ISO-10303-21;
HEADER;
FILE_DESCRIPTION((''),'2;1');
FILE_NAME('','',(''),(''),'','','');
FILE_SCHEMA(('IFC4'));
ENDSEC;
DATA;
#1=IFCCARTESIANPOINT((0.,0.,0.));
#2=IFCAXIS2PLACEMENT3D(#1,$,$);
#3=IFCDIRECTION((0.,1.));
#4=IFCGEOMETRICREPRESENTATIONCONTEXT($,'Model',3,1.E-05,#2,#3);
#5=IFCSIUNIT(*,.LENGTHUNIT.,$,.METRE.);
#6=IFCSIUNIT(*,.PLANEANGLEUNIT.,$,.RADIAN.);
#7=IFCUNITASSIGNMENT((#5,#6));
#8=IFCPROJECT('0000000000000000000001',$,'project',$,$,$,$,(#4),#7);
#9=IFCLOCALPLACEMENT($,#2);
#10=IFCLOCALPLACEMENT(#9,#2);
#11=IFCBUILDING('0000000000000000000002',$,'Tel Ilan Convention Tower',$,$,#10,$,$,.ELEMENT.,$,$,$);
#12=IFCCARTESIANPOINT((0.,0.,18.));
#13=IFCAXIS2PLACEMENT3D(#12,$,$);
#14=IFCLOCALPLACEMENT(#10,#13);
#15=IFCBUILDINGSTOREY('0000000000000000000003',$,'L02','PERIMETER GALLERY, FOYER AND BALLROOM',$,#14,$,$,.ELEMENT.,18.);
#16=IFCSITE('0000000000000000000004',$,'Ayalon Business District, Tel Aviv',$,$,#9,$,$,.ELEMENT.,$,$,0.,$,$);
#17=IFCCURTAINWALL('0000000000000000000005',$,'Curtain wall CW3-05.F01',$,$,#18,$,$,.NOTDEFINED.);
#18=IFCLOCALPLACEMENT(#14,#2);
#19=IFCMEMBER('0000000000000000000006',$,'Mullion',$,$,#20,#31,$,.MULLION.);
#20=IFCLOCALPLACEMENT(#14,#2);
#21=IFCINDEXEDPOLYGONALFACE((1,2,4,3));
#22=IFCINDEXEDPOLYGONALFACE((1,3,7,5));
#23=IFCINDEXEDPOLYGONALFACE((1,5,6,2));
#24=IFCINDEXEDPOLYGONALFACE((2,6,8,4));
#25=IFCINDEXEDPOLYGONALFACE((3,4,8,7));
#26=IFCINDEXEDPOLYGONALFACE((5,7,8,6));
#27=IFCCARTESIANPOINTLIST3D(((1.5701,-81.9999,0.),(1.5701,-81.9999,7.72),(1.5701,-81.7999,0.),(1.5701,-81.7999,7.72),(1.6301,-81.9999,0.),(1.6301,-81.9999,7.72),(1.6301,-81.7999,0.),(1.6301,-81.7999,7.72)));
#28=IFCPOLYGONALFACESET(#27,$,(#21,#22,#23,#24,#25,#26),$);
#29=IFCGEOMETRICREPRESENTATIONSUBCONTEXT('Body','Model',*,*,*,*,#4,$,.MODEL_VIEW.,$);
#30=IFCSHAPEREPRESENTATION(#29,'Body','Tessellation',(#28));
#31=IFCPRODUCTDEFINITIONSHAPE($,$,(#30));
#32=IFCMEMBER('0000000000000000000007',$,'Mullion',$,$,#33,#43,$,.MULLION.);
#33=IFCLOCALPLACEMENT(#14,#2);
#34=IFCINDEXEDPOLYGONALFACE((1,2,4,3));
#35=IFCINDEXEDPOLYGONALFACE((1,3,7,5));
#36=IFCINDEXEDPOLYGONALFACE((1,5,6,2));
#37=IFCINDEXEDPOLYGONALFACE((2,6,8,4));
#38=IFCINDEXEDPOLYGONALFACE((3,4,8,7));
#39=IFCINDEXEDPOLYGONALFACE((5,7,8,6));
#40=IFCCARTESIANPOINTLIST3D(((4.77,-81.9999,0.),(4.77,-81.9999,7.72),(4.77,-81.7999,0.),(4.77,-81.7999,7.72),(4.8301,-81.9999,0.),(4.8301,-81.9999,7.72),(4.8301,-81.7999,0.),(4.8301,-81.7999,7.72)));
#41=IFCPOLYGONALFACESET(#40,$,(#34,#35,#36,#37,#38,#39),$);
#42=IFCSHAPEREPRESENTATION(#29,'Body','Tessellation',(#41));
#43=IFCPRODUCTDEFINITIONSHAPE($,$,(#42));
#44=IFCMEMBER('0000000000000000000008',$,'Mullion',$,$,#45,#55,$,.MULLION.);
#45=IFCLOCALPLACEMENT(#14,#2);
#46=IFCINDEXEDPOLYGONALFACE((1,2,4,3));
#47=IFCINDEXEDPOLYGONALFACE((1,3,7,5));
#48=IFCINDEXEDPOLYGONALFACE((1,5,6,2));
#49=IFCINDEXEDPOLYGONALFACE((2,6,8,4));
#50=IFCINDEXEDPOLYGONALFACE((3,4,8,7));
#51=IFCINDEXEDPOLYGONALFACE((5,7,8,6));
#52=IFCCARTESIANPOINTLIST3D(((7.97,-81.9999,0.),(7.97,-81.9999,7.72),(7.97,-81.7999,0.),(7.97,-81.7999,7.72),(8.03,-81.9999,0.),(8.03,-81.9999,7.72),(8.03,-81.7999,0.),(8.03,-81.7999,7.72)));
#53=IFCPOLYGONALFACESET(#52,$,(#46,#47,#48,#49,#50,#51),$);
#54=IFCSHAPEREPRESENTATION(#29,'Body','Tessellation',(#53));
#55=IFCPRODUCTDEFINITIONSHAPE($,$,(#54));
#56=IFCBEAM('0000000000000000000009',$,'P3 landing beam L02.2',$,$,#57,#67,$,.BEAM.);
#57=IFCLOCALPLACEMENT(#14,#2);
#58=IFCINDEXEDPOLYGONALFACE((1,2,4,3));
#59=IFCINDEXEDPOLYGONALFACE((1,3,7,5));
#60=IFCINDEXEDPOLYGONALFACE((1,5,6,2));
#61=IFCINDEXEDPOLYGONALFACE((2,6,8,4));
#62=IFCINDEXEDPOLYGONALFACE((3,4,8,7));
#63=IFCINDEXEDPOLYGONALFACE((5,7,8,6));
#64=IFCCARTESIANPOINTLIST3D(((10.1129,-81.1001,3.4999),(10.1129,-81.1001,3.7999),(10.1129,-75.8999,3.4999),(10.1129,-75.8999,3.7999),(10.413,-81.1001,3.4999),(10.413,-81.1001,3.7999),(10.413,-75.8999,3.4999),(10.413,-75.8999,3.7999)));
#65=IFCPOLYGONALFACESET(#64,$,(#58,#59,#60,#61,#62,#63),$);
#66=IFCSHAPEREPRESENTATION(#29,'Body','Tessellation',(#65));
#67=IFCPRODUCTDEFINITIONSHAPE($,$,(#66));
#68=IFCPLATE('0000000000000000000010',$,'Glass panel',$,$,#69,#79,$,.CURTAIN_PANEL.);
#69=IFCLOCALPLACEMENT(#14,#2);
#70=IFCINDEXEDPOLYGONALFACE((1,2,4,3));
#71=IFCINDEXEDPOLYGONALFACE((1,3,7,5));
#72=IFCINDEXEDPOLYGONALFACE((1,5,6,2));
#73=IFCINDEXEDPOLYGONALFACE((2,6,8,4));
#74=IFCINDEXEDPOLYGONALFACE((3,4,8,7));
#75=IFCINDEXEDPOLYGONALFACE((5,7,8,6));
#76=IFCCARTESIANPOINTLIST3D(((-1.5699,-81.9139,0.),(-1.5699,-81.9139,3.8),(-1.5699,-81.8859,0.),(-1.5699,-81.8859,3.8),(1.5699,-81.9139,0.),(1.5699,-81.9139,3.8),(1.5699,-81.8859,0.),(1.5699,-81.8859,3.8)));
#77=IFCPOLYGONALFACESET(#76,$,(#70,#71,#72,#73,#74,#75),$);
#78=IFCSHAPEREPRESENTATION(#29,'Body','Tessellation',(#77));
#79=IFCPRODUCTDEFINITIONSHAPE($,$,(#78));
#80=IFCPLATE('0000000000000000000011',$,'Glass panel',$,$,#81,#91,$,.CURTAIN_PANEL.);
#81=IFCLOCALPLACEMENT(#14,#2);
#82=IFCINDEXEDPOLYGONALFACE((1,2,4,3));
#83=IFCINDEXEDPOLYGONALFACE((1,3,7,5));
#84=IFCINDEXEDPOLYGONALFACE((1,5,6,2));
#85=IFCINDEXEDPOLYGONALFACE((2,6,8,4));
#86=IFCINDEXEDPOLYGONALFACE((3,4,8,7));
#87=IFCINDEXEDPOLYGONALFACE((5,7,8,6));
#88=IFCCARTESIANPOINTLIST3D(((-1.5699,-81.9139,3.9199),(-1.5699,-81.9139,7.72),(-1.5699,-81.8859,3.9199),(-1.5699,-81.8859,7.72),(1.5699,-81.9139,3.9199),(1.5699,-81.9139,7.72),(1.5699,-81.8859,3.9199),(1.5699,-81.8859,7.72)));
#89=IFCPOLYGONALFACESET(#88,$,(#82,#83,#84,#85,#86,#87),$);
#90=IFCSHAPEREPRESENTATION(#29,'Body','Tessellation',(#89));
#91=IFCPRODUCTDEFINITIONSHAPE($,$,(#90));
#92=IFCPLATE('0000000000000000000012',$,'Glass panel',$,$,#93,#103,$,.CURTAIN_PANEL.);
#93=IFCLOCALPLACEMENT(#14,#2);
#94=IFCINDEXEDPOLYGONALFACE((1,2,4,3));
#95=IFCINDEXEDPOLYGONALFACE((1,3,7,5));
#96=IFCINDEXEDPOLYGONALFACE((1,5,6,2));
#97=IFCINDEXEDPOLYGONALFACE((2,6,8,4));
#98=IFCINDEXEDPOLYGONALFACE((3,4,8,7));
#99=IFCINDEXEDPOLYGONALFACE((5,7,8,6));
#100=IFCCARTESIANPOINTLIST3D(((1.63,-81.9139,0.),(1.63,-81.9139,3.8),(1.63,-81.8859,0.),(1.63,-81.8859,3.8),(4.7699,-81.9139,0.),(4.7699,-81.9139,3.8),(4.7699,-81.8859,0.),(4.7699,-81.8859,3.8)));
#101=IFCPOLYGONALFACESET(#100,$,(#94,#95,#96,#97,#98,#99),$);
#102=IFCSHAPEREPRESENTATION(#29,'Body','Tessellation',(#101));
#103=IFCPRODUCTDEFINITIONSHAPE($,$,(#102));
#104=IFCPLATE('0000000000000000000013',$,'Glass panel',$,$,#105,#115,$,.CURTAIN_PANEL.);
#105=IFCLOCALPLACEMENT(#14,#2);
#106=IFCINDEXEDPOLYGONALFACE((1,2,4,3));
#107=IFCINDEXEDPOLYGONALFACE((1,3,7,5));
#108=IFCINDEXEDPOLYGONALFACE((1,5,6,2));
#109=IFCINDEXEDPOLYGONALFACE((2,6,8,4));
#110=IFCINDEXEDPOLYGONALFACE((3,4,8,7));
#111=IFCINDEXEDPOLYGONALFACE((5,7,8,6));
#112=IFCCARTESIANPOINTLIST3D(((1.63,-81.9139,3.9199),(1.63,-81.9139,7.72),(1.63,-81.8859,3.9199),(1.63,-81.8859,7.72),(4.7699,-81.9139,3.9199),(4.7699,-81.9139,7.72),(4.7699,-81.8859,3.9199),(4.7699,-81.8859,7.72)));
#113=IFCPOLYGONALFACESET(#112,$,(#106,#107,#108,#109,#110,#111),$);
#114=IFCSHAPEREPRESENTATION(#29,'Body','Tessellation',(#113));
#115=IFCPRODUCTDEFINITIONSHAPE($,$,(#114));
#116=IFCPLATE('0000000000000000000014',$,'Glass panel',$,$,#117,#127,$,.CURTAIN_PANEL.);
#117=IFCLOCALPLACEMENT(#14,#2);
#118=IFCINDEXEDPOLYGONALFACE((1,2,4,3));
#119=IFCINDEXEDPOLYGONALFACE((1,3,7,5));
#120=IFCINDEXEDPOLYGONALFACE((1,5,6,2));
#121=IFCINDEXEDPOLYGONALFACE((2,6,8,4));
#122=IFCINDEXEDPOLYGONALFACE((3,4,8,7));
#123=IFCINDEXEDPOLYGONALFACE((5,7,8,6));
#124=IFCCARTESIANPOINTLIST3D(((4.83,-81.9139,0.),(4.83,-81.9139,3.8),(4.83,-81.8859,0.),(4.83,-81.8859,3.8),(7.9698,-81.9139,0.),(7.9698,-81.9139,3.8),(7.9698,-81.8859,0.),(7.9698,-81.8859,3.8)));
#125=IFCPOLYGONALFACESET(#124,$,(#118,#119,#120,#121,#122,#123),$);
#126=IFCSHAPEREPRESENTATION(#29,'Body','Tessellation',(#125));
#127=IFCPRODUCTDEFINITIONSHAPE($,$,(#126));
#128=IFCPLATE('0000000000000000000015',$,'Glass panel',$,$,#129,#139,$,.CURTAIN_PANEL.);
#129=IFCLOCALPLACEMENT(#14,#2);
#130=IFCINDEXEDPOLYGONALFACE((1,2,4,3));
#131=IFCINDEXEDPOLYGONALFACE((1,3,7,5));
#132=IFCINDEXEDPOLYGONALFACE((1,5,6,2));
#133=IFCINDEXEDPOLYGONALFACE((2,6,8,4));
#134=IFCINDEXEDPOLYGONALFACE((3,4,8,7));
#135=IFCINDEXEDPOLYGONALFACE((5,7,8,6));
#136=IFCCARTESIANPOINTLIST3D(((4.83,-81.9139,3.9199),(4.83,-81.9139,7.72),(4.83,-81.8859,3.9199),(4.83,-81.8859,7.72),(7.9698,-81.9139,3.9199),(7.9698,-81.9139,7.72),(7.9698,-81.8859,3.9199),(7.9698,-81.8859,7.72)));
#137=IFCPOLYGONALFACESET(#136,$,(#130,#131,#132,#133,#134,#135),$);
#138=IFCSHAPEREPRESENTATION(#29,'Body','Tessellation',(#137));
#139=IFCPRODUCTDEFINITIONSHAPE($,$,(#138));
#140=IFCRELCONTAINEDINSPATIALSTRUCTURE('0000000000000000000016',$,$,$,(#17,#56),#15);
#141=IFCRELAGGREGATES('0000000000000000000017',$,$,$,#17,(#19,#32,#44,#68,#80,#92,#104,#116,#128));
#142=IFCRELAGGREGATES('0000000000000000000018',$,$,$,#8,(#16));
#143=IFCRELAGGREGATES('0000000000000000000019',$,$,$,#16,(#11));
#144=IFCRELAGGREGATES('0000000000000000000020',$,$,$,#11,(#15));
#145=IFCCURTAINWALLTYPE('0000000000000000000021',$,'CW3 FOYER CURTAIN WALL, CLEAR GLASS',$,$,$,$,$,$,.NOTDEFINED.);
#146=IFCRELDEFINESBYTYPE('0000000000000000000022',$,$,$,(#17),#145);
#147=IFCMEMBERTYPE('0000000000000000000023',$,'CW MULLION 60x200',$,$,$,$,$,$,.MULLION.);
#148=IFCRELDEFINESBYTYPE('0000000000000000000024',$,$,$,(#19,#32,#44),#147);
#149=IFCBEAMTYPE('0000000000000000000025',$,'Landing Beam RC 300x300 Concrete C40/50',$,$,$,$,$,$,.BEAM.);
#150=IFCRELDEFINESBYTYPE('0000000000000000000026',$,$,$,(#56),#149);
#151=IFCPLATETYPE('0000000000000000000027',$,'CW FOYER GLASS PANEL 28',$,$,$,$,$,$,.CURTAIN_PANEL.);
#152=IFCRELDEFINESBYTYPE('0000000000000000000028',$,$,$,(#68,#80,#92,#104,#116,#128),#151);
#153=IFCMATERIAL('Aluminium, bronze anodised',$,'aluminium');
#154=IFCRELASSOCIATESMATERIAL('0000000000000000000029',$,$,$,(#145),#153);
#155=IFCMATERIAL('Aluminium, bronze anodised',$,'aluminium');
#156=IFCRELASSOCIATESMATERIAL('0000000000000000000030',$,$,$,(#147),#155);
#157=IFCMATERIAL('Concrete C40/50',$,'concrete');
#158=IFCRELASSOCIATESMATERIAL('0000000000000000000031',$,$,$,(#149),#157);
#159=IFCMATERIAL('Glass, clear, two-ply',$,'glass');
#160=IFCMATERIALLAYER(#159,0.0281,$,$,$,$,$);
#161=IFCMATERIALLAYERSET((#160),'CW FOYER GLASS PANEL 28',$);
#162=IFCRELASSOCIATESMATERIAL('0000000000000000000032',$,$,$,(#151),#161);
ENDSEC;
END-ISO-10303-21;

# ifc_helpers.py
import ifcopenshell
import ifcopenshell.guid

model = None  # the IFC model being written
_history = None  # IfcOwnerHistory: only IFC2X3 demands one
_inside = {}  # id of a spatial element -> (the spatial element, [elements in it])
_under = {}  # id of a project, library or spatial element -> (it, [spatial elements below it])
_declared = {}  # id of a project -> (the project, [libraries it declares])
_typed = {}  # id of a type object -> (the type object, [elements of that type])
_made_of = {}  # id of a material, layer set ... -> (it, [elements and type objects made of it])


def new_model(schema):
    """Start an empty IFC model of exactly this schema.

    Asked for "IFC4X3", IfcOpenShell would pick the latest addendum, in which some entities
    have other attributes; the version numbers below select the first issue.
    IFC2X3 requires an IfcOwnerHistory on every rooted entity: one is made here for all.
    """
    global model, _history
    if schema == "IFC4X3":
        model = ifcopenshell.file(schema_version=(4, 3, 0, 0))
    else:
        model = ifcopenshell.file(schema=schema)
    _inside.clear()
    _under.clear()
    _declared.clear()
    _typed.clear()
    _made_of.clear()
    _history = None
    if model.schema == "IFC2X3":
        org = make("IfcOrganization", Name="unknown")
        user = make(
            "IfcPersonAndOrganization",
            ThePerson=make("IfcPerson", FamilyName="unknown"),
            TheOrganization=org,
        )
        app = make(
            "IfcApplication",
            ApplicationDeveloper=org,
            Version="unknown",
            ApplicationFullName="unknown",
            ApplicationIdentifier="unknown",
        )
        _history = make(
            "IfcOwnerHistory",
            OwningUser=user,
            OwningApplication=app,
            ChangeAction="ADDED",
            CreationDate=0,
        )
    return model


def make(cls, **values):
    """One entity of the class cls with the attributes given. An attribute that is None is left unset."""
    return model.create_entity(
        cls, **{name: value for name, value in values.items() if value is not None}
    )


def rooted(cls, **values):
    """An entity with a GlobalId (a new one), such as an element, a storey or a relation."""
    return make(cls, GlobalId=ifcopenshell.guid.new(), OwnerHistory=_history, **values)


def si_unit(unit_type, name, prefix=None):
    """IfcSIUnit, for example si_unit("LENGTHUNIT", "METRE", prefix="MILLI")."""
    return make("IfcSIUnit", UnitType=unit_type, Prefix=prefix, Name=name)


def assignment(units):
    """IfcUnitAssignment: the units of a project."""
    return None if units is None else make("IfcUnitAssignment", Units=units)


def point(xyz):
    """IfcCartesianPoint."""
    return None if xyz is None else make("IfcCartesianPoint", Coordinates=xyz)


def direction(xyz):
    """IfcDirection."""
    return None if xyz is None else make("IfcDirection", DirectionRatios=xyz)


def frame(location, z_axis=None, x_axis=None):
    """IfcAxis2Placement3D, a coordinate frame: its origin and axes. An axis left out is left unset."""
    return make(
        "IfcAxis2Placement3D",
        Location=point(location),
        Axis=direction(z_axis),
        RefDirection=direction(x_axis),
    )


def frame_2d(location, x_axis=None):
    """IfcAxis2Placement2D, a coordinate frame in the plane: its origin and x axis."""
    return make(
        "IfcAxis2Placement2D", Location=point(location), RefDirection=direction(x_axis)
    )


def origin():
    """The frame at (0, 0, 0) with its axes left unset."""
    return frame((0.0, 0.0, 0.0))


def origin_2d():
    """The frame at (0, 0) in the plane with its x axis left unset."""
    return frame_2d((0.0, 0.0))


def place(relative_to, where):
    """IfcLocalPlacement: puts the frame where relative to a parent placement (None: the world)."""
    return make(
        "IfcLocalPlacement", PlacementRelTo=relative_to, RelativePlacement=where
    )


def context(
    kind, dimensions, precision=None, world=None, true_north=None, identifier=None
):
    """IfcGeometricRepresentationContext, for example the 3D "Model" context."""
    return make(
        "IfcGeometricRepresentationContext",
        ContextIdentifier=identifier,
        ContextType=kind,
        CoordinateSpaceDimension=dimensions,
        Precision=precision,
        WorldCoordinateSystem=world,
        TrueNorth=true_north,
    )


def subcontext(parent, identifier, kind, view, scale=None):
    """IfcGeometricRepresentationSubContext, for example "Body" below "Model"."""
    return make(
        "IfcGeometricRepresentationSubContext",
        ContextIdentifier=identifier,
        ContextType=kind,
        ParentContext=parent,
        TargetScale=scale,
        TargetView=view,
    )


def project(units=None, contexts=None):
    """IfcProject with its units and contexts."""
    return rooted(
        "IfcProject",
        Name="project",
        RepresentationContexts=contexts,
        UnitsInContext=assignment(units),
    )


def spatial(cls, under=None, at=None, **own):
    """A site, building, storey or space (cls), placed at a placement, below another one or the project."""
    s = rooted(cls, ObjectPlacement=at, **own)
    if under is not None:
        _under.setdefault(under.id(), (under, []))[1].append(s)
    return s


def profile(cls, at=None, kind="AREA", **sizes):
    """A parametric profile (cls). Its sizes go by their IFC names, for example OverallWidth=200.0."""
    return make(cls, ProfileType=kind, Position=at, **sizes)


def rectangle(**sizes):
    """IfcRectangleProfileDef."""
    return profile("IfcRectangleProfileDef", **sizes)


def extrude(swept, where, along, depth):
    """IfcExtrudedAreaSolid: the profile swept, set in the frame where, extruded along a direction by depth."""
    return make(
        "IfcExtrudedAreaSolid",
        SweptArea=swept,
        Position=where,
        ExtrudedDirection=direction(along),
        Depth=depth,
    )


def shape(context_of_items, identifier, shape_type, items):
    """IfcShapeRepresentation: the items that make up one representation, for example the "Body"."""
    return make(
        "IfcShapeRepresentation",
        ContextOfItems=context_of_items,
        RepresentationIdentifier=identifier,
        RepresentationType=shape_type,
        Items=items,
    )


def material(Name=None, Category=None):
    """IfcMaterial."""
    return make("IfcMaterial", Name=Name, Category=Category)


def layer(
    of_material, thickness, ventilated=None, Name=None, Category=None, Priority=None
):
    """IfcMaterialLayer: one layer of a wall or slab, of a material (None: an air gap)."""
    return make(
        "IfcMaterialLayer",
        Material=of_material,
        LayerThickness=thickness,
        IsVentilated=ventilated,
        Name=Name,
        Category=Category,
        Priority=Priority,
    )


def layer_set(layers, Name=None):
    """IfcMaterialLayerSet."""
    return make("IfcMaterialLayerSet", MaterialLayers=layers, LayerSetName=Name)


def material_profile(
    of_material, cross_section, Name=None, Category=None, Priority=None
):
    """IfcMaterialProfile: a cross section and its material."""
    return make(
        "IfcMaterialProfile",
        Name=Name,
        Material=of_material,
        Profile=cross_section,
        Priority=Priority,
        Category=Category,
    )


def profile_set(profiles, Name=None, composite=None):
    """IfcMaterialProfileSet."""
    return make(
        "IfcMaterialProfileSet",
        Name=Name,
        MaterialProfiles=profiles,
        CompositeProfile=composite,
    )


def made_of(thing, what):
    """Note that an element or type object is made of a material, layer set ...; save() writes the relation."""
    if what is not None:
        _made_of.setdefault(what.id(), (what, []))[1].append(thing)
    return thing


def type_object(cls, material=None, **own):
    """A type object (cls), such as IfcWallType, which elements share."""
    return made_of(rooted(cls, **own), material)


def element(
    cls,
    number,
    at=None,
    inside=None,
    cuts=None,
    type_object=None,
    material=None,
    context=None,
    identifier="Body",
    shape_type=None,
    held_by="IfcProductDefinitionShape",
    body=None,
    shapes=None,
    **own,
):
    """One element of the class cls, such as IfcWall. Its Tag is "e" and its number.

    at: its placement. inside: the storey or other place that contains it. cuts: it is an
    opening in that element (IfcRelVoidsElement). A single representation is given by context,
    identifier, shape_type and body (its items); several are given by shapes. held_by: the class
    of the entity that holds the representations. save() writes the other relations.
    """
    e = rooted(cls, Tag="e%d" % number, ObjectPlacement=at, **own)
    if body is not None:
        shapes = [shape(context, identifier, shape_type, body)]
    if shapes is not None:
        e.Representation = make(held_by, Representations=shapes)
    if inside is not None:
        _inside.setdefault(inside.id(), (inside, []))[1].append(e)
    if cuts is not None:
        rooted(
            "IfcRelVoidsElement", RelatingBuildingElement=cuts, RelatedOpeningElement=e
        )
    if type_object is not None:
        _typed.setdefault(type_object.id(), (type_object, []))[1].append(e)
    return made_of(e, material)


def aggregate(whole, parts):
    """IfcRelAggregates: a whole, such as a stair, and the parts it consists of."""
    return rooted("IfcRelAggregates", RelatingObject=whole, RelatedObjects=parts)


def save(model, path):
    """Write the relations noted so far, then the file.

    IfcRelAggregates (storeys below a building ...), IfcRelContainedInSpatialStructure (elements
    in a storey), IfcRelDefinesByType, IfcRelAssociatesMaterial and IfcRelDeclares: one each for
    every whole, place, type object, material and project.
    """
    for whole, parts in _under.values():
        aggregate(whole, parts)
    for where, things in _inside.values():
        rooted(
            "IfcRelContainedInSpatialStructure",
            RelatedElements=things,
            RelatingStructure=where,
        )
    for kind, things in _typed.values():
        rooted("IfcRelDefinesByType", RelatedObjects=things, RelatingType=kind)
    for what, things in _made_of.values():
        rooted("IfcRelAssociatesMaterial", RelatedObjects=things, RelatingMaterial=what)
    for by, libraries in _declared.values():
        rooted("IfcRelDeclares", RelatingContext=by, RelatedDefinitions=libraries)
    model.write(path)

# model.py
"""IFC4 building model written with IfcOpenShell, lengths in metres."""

from ifc_helpers import new_model, si_unit, direction, frame, origin, origin_2d, place, context, subcontext, project, spatial, rectangle, extrude, material, layer, layer_set, material_profile, profile_set, type_object, element, aggregate, save


model = new_model("IFC4")

# Units and contexts
model_context = context("Model", 3, precision=1e-05, world=origin(), true_north=direction((0.0, 1.0)))
body_context = subcontext(model_context, "Body", "Model", "MODEL_VIEW")
ifc_project = project(units=[si_unit("LENGTHUNIT", "METRE"), si_unit("PLANEANGLEUNIT", "RADIAN")], contexts=[model_context])

# Site, building, storey
site_placement = place(None, origin())
site = spatial("IfcSite", under=ifc_project, at=site_placement, Name="Ayalon Business District, Tel Aviv", CompositionType="ELEMENT", RefElevation=0.0)
building_placement = place(site_placement, origin())
building = spatial("IfcBuilding", under=site, at=building_placement, Name="Tel Ilan Convention Tower", CompositionType="ELEMENT")
storey_placement = place(building_placement, frame((0.0, 0.0, 18.0)))
storey = spatial("IfcBuildingStorey", under=building, at=storey_placement, Name="L02", Description="PERIMETER GALLERY, FOYER AND BALLROOM", CompositionType="ELEMENT", Elevation=18.0)

# Curtain wall, members
ifc_material_1 = material(Name="Aluminium, bronze anodised", Category="aluminium")
curtain_wall_type = type_object("IfcCurtainWallType", Name="CW3 FOYER CURTAIN WALL, CLEAR GLASS", PredefinedType="NOTDEFINED", material=ifc_material_1)
curtain_wall_placement = place(storey_placement, origin())
curtain_wall = element("IfcCurtainWall", 1, at=curtain_wall_placement, inside=storey, type_object=curtain_wall_type, Name="Curtain wall CW3-05.F01", PredefinedType="NOTDEFINED")
ifc_material_2 = material(Name="Aluminium, bronze anodised", Category="aluminium")
ifc_material_profile_1 = material_profile(ifc_material_2, rectangle(XDim=0.0601, YDim=0.2, at=origin_2d()), Name="CW MULLION 60x200")
ifc_profile_set_1 = profile_set([ifc_material_profile_1], Name="Aluminium, bronze anodised")
member_type = type_object("IfcMemberType", Name="CW MULLION 60x200", PredefinedType="MULLION", material=ifc_profile_set_1)
member_1_placement = place(storey_placement, frame((1.6001, -81.8999, 0.0), z_axis=(0.0, 0.0, 1.0), x_axis=(1.0, 0.0, 0.0)))
member_1 = element("IfcMember", 2, at=member_1_placement, type_object=member_type, Name="Mullion", PredefinedType="MULLION", context=body_context, shape_type="SweptSolid", body=[
    extrude(rectangle(XDim=0.0601, YDim=0.2, at=origin_2d()), origin(), (0.0, 0.0, 1.0), 7.72),
])
member_2_placement = place(storey_placement, frame((4.8, -81.8999, 0.0), z_axis=(0.0, 0.0, 1.0), x_axis=(1.0, 0.0, 0.0)))
member_2 = element("IfcMember", 3, at=member_2_placement, type_object=member_type, Name="Mullion", PredefinedType="MULLION", context=body_context, shape_type="SweptSolid", body=[
    extrude(rectangle(XDim=0.0601, YDim=0.2, at=origin_2d()), origin(), (0.0, 0.0, 1.0), 7.72),
])
member_3_placement = place(storey_placement, frame((8.0, -81.8999, 0.0), z_axis=(0.0, 0.0, 1.0), x_axis=(1.0, 0.0, 0.0)))
member_3 = element("IfcMember", 4, at=member_3_placement, type_object=member_type, Name="Mullion", PredefinedType="MULLION", context=body_context, shape_type="SweptSolid", body=[
    extrude(rectangle(XDim=0.0601, YDim=0.2, at=origin_2d()), origin(), (0.0, 0.0, 1.0), 7.72),
])

# Beam
ifc_material_3 = material(Name="Concrete C40/50", Category="concrete")
ifc_material_profile_2 = material_profile(ifc_material_3, rectangle(XDim=0.3, YDim=0.3, at=origin_2d()), Name="RC 300x300")
ifc_profile_set_2 = profile_set([ifc_material_profile_2], Name="Concrete C40/50")
beam_type = type_object("IfcBeamType", Name="Landing Beam RC 300x300 Concrete C40/50", PredefinedType="BEAM", material=ifc_profile_set_2)
beam_placement = place(storey_placement, frame((10.2629, -81.1001, 3.6499), z_axis=(0.0, 1.0, 0.0), x_axis=(-1.0, 0.0, 0.0)))
element("IfcBeam", 5, at=beam_placement, inside=storey, type_object=beam_type, Name="P3 landing beam L02.2", PredefinedType="BEAM", context=body_context, shape_type="SweptSolid", body=[
    extrude(rectangle(XDim=0.3, YDim=0.3, at=origin_2d()), origin(), (0.0, 0.0, 1.0), 5.2002),
])

# Plates
ifc_material_4 = material(Name="Glass, clear, two-ply", Category="glass")
ifc_layer_1 = layer(ifc_material_4, 0.0281)
ifc_layer_set_1 = layer_set([ifc_layer_1], Name="CW FOYER GLASS PANEL 28")
plate_type = type_object("IfcPlateType", Name="CW FOYER GLASS PANEL 28", PredefinedType="CURTAIN_PANEL", material=ifc_layer_set_1)
plate_1_placement = place(storey_placement, frame((0.0, -81.8999, 0.0), z_axis=(0.0, 0.0, 1.0), x_axis=(1.0, 0.0, 0.0)))
plate_1 = element("IfcPlate", 6, at=plate_1_placement, type_object=plate_type, Name="Glass panel", PredefinedType="CURTAIN_PANEL", context=body_context, shape_type="SweptSolid", body=[
    extrude(rectangle(XDim=3.1399, YDim=0.0281, at=origin_2d()), origin(), (0.0, 0.0, 1.0), 3.8),
])
plate_2_placement = place(storey_placement, frame((0.0, -81.8999, 3.9199), z_axis=(0.0, 0.0, 1.0), x_axis=(1.0, 0.0, 0.0)))
plate_2 = element("IfcPlate", 7, at=plate_2_placement, type_object=plate_type, Name="Glass panel", PredefinedType="CURTAIN_PANEL", context=body_context, shape_type="SweptSolid", body=[
    extrude(rectangle(XDim=3.1399, YDim=0.0281, at=origin_2d()), origin(), (0.0, 0.0, 1.0), 3.8),
])
plate_3_placement = place(storey_placement, frame((3.2, -81.8999, 0.0), z_axis=(0.0, 0.0, 1.0), x_axis=(1.0, 0.0, 0.0)))
plate_3 = element("IfcPlate", 8, at=plate_3_placement, type_object=plate_type, Name="Glass panel", PredefinedType="CURTAIN_PANEL", context=body_context, shape_type="SweptSolid", body=[
    extrude(rectangle(XDim=3.1399, YDim=0.0281, at=origin_2d()), origin(), (0.0, 0.0, 1.0), 3.8),
])
plate_4_placement = place(storey_placement, frame((3.2, -81.8999, 3.9199), z_axis=(0.0, 0.0, 1.0), x_axis=(1.0, 0.0, 0.0)))
plate_4 = element("IfcPlate", 9, at=plate_4_placement, type_object=plate_type, Name="Glass panel", PredefinedType="CURTAIN_PANEL", context=body_context, shape_type="SweptSolid", body=[
    extrude(rectangle(XDim=3.1399, YDim=0.0281, at=origin_2d()), origin(), (0.0, 0.0, 1.0), 3.8),
])
plate_5_placement = place(storey_placement, frame((6.3999, -81.8999, 0.0), z_axis=(0.0, 0.0, 1.0), x_axis=(1.0, 0.0, 0.0)))
plate_5 = element("IfcPlate", 10, at=plate_5_placement, type_object=plate_type, Name="Glass panel", PredefinedType="CURTAIN_PANEL", context=body_context, shape_type="SweptSolid", body=[
    extrude(rectangle(XDim=3.1399, YDim=0.0281, at=origin_2d()), origin(), (0.0, 0.0, 1.0), 3.8),
])
plate_6_placement = place(storey_placement, frame((6.3999, -81.8999, 3.9199), z_axis=(0.0, 0.0, 1.0), x_axis=(1.0, 0.0, 0.0)))
plate_6 = element("IfcPlate", 11, at=plate_6_placement, type_object=plate_type, Name="Glass panel", PredefinedType="CURTAIN_PANEL", context=body_context, shape_type="SweptSolid", body=[
    extrude(rectangle(XDim=3.1399, YDim=0.0281, at=origin_2d()), origin(), (0.0, 0.0, 1.0), 3.8),
])
aggregate(curtain_wall, [member_1, member_2, member_3, plate_1, plate_2, plate_3, plate_4, plate_5, plate_6])

save(model, "model.ifc")
